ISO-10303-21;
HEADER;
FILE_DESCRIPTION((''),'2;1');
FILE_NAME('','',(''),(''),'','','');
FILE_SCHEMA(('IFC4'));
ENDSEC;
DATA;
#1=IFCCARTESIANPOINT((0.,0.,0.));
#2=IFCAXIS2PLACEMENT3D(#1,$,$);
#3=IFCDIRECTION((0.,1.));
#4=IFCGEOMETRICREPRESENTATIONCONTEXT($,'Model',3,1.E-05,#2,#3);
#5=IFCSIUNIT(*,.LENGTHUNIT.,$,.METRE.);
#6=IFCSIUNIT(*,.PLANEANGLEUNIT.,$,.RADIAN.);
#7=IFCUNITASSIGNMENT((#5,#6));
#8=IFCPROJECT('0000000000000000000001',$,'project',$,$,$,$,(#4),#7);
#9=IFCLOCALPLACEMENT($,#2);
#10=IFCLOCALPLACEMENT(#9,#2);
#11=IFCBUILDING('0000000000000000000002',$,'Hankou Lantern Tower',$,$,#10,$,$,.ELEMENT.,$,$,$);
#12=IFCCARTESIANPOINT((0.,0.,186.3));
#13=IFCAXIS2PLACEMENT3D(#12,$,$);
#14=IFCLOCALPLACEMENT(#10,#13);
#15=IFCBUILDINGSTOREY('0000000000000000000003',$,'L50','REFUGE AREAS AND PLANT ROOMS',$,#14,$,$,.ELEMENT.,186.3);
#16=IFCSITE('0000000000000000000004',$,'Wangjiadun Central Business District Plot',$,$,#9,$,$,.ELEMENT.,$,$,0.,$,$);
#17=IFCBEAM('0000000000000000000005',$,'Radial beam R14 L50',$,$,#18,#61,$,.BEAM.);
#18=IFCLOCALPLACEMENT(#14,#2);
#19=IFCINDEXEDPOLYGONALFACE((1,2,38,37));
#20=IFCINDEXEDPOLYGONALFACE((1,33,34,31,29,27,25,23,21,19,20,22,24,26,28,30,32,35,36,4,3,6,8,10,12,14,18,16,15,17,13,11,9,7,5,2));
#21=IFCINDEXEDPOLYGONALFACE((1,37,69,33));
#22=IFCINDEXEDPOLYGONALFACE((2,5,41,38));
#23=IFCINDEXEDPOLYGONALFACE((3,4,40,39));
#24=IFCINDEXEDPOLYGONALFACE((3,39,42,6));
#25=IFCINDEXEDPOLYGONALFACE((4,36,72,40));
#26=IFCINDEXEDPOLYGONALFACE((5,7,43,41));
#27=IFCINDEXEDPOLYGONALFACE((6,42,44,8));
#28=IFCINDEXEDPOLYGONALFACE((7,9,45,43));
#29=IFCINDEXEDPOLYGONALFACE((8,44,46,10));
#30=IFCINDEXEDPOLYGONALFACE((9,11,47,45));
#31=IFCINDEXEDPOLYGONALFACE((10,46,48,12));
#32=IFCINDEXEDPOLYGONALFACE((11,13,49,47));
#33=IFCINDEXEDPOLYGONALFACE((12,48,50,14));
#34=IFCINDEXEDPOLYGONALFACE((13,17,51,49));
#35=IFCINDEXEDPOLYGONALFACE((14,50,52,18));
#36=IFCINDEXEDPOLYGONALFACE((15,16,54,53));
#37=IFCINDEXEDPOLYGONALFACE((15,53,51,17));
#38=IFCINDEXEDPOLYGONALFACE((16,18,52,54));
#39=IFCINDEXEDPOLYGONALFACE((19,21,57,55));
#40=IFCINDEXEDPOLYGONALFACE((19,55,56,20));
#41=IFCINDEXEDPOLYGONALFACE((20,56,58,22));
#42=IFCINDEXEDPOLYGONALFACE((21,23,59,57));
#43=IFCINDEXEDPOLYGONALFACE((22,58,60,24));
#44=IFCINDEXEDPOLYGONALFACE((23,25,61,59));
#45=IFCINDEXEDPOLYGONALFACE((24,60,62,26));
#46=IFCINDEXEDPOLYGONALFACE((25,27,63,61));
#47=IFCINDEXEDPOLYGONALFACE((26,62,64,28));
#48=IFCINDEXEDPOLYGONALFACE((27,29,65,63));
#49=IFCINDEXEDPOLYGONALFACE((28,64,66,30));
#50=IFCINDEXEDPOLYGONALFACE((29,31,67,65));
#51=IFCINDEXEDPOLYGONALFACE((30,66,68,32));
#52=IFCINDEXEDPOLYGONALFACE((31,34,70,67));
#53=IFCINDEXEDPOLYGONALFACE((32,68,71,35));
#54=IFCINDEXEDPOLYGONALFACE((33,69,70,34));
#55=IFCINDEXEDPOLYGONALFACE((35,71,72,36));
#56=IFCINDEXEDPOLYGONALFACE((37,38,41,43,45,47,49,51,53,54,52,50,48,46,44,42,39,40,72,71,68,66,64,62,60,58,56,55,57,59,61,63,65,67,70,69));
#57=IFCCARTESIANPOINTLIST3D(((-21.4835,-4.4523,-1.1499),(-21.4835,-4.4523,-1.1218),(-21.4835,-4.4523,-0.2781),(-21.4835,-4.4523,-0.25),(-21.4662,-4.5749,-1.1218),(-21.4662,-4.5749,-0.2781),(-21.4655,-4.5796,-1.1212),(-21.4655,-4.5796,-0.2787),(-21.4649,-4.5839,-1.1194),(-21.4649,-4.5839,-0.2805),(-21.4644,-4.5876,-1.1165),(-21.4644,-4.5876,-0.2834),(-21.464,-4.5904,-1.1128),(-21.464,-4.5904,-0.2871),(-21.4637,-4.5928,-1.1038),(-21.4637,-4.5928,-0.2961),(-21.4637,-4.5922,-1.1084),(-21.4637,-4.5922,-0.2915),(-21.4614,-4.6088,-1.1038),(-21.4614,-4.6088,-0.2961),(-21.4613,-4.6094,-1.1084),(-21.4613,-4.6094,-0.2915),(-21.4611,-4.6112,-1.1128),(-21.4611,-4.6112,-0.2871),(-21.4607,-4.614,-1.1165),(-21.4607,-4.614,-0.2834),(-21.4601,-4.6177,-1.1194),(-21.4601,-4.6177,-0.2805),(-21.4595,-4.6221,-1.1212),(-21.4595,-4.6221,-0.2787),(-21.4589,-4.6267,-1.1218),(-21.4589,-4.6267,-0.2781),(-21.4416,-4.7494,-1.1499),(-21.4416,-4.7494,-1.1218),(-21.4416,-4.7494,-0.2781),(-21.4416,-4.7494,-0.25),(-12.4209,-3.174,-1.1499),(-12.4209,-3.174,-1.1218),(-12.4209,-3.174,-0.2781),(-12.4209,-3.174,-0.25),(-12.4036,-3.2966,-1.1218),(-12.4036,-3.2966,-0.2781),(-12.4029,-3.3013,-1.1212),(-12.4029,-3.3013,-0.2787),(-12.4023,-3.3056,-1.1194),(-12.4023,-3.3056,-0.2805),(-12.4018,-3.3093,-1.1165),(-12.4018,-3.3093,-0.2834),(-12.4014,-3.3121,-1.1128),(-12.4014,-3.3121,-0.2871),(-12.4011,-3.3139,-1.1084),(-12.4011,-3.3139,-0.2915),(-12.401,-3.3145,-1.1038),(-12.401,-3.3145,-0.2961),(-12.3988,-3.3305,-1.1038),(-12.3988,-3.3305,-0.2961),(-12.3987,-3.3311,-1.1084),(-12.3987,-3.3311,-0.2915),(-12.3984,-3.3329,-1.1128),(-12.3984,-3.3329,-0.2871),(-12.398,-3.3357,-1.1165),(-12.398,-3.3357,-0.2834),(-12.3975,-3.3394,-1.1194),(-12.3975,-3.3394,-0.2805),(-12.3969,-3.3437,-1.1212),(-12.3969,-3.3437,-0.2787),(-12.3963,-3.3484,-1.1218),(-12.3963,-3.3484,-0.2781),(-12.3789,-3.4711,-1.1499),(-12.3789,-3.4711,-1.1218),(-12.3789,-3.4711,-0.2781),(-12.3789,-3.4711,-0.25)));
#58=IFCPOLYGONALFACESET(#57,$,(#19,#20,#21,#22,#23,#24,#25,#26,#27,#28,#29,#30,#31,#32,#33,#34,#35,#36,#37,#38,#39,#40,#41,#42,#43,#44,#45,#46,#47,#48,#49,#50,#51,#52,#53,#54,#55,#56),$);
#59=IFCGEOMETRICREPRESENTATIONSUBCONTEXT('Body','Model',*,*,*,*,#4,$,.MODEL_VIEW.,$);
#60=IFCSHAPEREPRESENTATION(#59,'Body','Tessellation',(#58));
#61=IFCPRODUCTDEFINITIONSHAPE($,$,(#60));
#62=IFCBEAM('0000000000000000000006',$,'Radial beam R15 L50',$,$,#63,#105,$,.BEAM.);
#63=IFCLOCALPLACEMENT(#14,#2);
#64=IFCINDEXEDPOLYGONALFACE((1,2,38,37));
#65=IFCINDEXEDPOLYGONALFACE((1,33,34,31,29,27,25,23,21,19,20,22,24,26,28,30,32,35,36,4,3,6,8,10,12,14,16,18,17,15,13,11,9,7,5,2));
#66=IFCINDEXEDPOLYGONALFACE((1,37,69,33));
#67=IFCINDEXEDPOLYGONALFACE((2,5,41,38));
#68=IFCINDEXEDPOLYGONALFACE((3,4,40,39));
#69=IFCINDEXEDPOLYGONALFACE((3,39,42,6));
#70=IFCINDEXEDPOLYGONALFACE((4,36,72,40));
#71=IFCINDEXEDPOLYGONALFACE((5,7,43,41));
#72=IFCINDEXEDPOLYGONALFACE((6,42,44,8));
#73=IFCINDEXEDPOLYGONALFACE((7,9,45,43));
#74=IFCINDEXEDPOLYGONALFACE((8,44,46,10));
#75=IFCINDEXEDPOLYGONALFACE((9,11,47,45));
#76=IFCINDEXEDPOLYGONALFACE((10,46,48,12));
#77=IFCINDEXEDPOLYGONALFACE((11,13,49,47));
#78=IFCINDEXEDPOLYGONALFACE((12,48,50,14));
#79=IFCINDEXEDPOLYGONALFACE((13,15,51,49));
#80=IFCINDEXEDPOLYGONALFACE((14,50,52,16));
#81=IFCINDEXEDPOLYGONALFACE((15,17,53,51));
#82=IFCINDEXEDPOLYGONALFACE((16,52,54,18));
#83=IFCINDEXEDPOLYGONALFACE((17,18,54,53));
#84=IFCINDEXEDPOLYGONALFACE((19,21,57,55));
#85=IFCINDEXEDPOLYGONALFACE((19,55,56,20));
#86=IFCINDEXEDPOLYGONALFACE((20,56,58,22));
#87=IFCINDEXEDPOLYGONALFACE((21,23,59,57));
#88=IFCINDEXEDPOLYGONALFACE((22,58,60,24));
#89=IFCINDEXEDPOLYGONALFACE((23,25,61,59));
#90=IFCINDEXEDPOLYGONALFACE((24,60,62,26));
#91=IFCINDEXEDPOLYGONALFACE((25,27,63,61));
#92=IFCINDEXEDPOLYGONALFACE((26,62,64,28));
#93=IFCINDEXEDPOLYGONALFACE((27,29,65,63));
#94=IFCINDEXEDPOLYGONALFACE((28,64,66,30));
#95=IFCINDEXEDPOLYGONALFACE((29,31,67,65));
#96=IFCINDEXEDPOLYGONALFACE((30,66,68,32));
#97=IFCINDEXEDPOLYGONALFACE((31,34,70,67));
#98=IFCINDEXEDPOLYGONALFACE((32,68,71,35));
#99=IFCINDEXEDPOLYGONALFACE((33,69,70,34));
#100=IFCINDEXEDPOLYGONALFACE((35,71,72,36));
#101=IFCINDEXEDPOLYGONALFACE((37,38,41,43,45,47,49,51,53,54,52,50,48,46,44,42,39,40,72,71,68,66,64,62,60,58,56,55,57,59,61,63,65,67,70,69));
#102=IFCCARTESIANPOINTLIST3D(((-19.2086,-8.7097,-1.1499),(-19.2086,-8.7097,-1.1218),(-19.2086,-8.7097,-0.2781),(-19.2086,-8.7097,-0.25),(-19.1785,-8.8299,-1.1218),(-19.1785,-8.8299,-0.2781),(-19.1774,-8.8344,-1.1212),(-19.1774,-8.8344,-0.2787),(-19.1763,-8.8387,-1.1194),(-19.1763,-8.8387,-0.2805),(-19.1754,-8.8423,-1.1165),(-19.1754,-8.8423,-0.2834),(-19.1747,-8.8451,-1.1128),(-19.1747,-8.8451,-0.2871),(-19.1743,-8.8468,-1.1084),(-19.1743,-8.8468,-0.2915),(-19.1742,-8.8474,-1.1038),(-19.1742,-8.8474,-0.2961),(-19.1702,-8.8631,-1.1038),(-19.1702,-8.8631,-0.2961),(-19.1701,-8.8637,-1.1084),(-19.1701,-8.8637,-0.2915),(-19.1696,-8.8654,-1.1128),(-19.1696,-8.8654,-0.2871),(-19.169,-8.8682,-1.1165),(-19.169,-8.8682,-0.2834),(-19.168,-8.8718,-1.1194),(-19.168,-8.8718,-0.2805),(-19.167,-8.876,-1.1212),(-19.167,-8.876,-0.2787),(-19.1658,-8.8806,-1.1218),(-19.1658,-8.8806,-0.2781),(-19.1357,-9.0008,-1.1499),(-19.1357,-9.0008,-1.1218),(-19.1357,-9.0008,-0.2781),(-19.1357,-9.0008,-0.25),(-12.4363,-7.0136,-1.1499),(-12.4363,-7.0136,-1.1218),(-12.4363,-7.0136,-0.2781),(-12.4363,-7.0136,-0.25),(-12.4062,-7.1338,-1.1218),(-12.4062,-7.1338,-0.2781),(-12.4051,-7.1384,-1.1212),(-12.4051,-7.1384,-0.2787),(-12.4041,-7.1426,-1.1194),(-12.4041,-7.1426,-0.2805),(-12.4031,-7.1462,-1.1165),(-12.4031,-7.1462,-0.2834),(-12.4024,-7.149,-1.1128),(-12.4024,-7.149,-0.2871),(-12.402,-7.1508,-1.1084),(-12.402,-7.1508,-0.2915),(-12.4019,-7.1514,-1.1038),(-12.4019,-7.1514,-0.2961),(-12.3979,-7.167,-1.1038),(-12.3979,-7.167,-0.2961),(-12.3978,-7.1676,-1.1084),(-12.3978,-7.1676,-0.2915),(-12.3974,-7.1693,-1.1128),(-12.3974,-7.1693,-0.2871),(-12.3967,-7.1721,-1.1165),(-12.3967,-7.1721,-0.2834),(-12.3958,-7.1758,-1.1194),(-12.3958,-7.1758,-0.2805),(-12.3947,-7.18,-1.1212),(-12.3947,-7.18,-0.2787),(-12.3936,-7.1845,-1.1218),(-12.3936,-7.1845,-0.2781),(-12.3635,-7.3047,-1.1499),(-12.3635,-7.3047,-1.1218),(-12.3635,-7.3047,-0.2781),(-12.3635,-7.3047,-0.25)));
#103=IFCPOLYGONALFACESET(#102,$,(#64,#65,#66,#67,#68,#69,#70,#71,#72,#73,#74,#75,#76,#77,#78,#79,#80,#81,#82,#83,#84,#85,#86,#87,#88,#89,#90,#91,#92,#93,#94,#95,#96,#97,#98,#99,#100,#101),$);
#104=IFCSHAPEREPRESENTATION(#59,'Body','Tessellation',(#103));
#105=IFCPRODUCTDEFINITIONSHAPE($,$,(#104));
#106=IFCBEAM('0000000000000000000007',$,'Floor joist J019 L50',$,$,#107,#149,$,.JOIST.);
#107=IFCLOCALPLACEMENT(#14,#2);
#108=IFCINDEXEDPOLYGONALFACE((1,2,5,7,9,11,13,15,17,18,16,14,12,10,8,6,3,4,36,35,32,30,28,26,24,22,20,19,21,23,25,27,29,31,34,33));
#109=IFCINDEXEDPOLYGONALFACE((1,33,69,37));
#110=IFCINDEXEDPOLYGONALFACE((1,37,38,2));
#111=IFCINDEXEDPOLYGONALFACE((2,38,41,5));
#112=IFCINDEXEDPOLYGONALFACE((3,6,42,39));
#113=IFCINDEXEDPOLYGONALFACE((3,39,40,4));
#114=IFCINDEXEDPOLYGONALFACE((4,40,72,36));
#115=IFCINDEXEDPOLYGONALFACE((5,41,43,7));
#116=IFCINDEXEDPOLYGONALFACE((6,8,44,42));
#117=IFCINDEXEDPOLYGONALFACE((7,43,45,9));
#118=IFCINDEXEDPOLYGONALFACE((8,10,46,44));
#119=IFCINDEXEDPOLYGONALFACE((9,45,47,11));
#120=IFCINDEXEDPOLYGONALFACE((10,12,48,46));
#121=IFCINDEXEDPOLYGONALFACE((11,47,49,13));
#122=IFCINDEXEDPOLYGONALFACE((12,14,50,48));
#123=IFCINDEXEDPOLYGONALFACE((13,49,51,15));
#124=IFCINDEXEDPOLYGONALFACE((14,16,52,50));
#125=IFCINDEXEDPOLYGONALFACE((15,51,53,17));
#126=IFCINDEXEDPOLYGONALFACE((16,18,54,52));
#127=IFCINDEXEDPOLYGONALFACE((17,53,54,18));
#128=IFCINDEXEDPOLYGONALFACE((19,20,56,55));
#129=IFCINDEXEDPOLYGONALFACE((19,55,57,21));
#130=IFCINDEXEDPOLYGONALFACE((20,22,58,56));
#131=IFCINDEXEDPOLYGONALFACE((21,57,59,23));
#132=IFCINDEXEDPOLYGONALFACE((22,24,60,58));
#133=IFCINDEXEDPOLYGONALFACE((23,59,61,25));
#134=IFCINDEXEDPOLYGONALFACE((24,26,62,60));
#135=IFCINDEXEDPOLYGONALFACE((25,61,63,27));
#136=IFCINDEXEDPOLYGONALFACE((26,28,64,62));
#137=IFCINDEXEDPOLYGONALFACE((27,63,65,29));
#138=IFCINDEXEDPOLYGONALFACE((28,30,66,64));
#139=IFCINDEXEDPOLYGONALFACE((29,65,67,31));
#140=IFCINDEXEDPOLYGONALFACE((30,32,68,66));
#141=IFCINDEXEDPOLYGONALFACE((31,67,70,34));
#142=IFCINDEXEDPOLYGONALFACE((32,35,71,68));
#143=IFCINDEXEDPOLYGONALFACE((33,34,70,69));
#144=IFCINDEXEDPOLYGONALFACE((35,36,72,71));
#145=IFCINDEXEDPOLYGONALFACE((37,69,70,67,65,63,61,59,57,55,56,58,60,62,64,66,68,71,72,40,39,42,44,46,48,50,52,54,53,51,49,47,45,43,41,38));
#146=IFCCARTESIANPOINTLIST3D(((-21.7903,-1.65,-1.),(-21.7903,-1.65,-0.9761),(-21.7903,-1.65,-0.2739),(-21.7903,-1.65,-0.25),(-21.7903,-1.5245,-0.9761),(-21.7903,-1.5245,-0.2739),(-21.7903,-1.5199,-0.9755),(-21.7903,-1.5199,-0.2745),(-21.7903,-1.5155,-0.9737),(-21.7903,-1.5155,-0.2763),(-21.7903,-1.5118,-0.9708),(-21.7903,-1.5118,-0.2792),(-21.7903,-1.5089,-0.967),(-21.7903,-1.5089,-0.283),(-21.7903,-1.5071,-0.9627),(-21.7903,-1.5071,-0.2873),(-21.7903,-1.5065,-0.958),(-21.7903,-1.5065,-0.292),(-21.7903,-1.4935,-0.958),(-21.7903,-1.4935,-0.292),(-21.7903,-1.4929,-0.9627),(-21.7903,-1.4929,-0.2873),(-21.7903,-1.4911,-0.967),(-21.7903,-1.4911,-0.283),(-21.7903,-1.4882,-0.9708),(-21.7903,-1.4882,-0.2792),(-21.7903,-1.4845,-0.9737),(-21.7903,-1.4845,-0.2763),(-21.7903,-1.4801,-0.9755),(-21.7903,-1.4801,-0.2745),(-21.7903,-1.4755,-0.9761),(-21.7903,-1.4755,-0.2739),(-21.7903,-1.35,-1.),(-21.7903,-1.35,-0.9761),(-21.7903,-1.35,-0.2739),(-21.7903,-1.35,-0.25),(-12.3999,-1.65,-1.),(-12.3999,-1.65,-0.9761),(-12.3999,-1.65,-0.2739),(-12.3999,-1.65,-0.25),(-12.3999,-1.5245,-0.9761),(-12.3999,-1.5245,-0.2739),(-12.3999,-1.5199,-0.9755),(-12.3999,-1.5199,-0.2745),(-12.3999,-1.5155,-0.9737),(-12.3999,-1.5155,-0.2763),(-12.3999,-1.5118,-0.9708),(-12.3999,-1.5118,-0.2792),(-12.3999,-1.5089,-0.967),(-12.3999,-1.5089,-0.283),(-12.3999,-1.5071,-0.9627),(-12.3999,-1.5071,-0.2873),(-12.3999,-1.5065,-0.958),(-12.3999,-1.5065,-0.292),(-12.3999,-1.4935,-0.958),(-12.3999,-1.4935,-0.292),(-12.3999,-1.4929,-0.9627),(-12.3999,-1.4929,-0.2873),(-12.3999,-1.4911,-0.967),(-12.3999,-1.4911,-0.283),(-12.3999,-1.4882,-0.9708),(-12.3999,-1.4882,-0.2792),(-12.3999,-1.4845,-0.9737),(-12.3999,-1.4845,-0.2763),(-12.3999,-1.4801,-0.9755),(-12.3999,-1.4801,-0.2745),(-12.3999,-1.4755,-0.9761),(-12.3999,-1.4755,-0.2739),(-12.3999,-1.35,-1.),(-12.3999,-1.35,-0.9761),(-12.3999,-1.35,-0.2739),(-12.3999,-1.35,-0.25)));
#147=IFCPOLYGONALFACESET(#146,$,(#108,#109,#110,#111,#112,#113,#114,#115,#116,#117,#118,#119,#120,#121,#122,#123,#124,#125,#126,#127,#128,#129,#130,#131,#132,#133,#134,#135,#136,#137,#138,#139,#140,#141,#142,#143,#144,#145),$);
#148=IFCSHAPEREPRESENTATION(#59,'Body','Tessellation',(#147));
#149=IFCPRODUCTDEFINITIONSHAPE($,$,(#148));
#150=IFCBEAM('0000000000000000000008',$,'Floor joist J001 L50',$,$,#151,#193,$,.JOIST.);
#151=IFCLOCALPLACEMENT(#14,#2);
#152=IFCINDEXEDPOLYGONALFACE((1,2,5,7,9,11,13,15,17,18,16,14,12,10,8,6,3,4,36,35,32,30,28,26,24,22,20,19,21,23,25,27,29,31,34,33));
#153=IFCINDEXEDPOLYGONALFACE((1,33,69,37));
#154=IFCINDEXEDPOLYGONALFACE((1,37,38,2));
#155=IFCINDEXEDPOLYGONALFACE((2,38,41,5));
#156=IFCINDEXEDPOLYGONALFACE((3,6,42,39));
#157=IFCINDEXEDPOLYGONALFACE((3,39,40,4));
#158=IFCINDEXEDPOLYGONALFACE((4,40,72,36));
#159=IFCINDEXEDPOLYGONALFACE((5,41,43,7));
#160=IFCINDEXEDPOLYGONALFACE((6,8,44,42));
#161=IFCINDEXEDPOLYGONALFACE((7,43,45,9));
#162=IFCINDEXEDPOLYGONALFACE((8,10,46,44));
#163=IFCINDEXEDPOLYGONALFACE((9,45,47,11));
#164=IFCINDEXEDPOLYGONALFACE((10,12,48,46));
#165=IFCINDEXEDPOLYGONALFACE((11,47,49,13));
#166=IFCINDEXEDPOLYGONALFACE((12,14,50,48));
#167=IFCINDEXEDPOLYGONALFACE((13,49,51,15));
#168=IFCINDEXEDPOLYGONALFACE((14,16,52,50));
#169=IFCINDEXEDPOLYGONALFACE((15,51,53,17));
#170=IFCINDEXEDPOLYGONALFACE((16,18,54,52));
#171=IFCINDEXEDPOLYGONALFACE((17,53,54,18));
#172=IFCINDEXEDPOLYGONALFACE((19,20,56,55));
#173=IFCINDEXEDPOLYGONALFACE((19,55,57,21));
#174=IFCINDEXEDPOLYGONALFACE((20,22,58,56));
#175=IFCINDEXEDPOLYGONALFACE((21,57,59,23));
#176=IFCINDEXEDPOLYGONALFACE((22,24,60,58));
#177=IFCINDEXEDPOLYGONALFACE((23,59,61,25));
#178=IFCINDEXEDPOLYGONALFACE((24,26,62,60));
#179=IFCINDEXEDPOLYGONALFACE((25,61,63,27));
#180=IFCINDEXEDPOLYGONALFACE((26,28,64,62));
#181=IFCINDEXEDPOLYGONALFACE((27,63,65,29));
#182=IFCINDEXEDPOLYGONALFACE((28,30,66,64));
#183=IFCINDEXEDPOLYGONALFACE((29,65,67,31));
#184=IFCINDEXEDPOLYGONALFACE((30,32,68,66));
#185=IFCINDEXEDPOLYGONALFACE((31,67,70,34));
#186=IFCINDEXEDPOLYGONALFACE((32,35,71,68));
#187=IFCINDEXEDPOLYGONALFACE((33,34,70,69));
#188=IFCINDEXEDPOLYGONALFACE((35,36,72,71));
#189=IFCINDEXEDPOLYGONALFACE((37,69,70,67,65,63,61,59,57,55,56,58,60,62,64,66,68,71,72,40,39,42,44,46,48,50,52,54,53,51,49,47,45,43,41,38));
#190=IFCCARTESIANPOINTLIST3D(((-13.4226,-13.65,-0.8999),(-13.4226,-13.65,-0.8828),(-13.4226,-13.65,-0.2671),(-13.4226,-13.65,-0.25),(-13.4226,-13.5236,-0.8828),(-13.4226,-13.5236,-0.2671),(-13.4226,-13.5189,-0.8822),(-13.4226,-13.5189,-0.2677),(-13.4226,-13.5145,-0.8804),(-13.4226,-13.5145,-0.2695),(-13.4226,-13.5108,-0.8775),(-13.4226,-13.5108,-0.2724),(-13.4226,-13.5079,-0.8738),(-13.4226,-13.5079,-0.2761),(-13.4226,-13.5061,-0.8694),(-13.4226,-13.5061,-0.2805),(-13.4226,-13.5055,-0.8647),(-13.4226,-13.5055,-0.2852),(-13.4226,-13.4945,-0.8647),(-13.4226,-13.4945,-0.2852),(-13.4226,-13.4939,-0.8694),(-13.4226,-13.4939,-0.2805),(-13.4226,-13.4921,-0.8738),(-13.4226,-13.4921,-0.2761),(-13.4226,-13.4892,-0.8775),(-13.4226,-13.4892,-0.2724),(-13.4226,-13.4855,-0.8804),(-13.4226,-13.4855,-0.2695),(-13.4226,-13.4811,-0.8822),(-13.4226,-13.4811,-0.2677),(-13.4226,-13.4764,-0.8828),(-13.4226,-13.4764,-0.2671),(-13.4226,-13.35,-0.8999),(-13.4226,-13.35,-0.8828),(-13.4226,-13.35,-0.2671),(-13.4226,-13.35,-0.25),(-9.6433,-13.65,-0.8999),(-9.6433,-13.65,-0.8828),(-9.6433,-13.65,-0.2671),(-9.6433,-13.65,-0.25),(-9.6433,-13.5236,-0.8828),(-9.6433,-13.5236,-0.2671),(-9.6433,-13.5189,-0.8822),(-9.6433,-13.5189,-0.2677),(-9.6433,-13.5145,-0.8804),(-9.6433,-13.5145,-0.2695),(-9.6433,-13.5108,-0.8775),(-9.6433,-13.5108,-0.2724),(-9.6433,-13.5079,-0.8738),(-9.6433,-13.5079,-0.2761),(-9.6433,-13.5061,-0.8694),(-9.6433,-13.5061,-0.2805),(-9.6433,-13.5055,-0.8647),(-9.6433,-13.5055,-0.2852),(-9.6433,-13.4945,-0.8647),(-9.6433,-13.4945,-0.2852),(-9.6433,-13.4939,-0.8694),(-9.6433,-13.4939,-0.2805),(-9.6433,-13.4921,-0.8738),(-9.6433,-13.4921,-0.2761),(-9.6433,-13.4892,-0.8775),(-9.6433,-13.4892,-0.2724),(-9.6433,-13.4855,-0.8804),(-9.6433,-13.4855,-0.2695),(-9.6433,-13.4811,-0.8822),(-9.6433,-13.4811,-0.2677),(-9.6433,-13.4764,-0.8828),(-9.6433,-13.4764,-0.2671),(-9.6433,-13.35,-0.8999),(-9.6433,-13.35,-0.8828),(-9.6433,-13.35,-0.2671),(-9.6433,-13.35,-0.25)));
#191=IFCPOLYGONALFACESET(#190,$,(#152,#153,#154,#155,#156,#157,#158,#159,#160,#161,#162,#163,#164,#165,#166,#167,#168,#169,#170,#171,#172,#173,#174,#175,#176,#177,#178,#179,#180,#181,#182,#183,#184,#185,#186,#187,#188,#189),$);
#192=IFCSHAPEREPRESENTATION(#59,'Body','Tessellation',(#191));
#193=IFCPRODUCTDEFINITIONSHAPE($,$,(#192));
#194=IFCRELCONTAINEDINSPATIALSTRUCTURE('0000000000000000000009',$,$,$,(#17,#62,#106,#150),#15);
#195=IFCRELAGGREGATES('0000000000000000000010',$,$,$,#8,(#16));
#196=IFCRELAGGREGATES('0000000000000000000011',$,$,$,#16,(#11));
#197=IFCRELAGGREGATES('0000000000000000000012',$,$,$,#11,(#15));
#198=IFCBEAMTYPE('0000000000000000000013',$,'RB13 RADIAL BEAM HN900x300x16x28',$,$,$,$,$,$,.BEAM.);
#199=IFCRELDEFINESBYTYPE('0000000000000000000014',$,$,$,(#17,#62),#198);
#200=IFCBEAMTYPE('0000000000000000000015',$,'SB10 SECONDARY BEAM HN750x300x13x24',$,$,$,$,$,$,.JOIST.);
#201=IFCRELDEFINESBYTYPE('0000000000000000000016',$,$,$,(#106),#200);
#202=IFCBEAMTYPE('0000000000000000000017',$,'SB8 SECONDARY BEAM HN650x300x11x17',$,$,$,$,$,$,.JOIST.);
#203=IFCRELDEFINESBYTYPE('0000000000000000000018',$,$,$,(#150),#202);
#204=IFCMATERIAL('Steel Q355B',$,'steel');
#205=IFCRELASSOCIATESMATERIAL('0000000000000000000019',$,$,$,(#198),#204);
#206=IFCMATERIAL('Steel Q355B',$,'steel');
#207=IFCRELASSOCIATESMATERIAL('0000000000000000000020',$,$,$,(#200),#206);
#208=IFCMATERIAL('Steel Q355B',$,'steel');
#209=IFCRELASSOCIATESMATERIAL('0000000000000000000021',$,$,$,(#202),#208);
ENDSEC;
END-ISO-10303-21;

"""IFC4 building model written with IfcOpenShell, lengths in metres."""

from ifc_helpers import new_model, si_unit, direction, frame, origin, origin_2d, place, context, subcontext, project, spatial, i_section, extrude, material, material_profile, profile_set, type_object, element, save


model = new_model("IFC4")

# Units and contexts
model_context = context("Model", 3, precision=1e-05, world=origin(), true_north=direction((0.0, 1.0)))
body_context = subcontext(model_context, "Body", "Model", "MODEL_VIEW")
ifc_project = project(units=[si_unit("LENGTHUNIT", "METRE"), si_unit("PLANEANGLEUNIT", "RADIAN")], contexts=[model_context])

# Site, building, storey
site_placement = place(None, origin())
site = spatial("IfcSite", under=ifc_project, at=site_placement, Name="Wangjiadun Central Business District Plot", CompositionType="ELEMENT", RefElevation=0.0)
building_placement = place(site_placement, origin())
building = spatial("IfcBuilding", under=site, at=building_placement, Name="Hankou Lantern Tower", CompositionType="ELEMENT")
storey_placement = place(building_placement, frame((0.0, 0.0, 186.3)))
storey = spatial("IfcBuildingStorey", under=building, at=storey_placement, Name="L50", Description="REFUGE AREAS AND PLANT ROOMS", CompositionType="ELEMENT", Elevation=186.3)

# Beams
ifc_material_1 = material(Name="Steel Q355B", Category="steel")
ifc_material_profile_1 = material_profile(ifc_material_1, i_section(OverallWidth=0.3, OverallDepth=0.8999, WebThickness=0.0161, FlangeThickness=0.0281, FilletRadius=0.0181, at=origin_2d()), Name="HN900x300x16x28")
ifc_profile_set_1 = profile_set([ifc_material_profile_1], Name="Steel Q355B")
beam_type_1 = type_object("IfcBeamType", Name="RB13 RADIAL BEAM HN900x300x16x28", PredefinedType="BEAM", material=ifc_profile_set_1)
beam_1_placement = place(storey_placement, frame((-12.3999, -3.3225, -0.7), z_axis=(-0.990198, -0.13967, 0.0), x_axis=(0.13967, -0.990198, 0.0)))
element("IfcBeam", 1, at=beam_1_placement, inside=storey, type_object=beam_type_1, Name="Radial beam R14 L50", PredefinedType="BEAM", context=body_context, shape_type="SweptSolid", body=[
    extrude(i_section(OverallWidth=0.3, OverallDepth=0.8999, WebThickness=0.0161, FlangeThickness=0.0281, FilletRadius=0.0181, at=origin_2d()), origin(), (0.0, 0.0, 1.0), 9.1523),
])
beam_2_placement = place(storey_placement, frame((-12.3999, -7.1592, -0.7), z_axis=(-0.970042, -0.242939, 0.0), x_axis=(0.242939, -0.970042, 0.0)))
element("IfcBeam", 2, at=beam_2_placement, inside=storey, type_object=beam_type_1, Name="Radial beam R15 L50", PredefinedType="BEAM", context=body_context, shape_type="SweptSolid", body=[
    extrude(i_section(OverallWidth=0.3, OverallDepth=0.8999, WebThickness=0.0161, FlangeThickness=0.0281, FilletRadius=0.0181, at=origin_2d()), origin(), (0.0, 0.0, 1.0), 6.9814),
])
ifc_material_2 = material(Name="Steel Q355B", Category="steel")
ifc_material_profile_2 = material_profile(ifc_material_2, i_section(OverallWidth=0.3, OverallDepth=0.75, WebThickness=0.0129, FlangeThickness=0.0239, FilletRadius=0.0181, at=origin_2d()), Name="HN750x300x13x24")
ifc_profile_set_2 = profile_set([ifc_material_profile_2], Name="Steel Q355B")
beam_type_2 = type_object("IfcBeamType", Name="SB10 SECONDARY BEAM HN750x300x13x24", PredefinedType="JOIST", material=ifc_profile_set_2)
beam_3_placement = place(storey_placement, frame((-21.7903, -1.5, -0.625), z_axis=(1.0, 0.0, 0.0), x_axis=(0.0, 1.0, 0.0)))
element("IfcBeam", 3, at=beam_3_placement, inside=storey, type_object=beam_type_2, Name="Floor joist J019 L50", PredefinedType="JOIST", context=body_context, shape_type="SweptSolid", body=[
    extrude(i_section(OverallWidth=0.3, OverallDepth=0.75, WebThickness=0.0129, FlangeThickness=0.0239, FilletRadius=0.0181, at=origin_2d()), origin(), (0.0, 0.0, 1.0), 9.3904),
])
ifc_material_3 = material(Name="Steel Q355B", Category="steel")
ifc_material_profile_3 = material_profile(ifc_material_3, i_section(OverallWidth=0.3, OverallDepth=0.6499, WebThickness=0.011, FlangeThickness=0.0171, FilletRadius=0.0181, at=origin_2d()), Name="HN650x300x11x17")
ifc_profile_set_3 = profile_set([ifc_material_profile_3], Name="Steel Q355B")
beam_type_3 = type_object("IfcBeamType", Name="SB8 SECONDARY BEAM HN650x300x11x17", PredefinedType="JOIST", material=ifc_profile_set_3)
beam_4_placement = place(storey_placement, frame((-13.4226, -13.5, -0.575), z_axis=(1.0, 0.0, 0.0), x_axis=(0.0, 1.0, 0.0)))
element("IfcBeam", 4, at=beam_4_placement, inside=storey, type_object=beam_type_3, Name="Floor joist J001 L50", PredefinedType="JOIST", context=body_context, shape_type="SweptSolid", body=[
    extrude(i_section(OverallWidth=0.3, OverallDepth=0.6499, WebThickness=0.011, FlangeThickness=0.0171, FilletRadius=0.0181, at=origin_2d()), origin(), (0.0, 0.0, 1.0), 3.7793),
])

save(model, "model.ifc")
